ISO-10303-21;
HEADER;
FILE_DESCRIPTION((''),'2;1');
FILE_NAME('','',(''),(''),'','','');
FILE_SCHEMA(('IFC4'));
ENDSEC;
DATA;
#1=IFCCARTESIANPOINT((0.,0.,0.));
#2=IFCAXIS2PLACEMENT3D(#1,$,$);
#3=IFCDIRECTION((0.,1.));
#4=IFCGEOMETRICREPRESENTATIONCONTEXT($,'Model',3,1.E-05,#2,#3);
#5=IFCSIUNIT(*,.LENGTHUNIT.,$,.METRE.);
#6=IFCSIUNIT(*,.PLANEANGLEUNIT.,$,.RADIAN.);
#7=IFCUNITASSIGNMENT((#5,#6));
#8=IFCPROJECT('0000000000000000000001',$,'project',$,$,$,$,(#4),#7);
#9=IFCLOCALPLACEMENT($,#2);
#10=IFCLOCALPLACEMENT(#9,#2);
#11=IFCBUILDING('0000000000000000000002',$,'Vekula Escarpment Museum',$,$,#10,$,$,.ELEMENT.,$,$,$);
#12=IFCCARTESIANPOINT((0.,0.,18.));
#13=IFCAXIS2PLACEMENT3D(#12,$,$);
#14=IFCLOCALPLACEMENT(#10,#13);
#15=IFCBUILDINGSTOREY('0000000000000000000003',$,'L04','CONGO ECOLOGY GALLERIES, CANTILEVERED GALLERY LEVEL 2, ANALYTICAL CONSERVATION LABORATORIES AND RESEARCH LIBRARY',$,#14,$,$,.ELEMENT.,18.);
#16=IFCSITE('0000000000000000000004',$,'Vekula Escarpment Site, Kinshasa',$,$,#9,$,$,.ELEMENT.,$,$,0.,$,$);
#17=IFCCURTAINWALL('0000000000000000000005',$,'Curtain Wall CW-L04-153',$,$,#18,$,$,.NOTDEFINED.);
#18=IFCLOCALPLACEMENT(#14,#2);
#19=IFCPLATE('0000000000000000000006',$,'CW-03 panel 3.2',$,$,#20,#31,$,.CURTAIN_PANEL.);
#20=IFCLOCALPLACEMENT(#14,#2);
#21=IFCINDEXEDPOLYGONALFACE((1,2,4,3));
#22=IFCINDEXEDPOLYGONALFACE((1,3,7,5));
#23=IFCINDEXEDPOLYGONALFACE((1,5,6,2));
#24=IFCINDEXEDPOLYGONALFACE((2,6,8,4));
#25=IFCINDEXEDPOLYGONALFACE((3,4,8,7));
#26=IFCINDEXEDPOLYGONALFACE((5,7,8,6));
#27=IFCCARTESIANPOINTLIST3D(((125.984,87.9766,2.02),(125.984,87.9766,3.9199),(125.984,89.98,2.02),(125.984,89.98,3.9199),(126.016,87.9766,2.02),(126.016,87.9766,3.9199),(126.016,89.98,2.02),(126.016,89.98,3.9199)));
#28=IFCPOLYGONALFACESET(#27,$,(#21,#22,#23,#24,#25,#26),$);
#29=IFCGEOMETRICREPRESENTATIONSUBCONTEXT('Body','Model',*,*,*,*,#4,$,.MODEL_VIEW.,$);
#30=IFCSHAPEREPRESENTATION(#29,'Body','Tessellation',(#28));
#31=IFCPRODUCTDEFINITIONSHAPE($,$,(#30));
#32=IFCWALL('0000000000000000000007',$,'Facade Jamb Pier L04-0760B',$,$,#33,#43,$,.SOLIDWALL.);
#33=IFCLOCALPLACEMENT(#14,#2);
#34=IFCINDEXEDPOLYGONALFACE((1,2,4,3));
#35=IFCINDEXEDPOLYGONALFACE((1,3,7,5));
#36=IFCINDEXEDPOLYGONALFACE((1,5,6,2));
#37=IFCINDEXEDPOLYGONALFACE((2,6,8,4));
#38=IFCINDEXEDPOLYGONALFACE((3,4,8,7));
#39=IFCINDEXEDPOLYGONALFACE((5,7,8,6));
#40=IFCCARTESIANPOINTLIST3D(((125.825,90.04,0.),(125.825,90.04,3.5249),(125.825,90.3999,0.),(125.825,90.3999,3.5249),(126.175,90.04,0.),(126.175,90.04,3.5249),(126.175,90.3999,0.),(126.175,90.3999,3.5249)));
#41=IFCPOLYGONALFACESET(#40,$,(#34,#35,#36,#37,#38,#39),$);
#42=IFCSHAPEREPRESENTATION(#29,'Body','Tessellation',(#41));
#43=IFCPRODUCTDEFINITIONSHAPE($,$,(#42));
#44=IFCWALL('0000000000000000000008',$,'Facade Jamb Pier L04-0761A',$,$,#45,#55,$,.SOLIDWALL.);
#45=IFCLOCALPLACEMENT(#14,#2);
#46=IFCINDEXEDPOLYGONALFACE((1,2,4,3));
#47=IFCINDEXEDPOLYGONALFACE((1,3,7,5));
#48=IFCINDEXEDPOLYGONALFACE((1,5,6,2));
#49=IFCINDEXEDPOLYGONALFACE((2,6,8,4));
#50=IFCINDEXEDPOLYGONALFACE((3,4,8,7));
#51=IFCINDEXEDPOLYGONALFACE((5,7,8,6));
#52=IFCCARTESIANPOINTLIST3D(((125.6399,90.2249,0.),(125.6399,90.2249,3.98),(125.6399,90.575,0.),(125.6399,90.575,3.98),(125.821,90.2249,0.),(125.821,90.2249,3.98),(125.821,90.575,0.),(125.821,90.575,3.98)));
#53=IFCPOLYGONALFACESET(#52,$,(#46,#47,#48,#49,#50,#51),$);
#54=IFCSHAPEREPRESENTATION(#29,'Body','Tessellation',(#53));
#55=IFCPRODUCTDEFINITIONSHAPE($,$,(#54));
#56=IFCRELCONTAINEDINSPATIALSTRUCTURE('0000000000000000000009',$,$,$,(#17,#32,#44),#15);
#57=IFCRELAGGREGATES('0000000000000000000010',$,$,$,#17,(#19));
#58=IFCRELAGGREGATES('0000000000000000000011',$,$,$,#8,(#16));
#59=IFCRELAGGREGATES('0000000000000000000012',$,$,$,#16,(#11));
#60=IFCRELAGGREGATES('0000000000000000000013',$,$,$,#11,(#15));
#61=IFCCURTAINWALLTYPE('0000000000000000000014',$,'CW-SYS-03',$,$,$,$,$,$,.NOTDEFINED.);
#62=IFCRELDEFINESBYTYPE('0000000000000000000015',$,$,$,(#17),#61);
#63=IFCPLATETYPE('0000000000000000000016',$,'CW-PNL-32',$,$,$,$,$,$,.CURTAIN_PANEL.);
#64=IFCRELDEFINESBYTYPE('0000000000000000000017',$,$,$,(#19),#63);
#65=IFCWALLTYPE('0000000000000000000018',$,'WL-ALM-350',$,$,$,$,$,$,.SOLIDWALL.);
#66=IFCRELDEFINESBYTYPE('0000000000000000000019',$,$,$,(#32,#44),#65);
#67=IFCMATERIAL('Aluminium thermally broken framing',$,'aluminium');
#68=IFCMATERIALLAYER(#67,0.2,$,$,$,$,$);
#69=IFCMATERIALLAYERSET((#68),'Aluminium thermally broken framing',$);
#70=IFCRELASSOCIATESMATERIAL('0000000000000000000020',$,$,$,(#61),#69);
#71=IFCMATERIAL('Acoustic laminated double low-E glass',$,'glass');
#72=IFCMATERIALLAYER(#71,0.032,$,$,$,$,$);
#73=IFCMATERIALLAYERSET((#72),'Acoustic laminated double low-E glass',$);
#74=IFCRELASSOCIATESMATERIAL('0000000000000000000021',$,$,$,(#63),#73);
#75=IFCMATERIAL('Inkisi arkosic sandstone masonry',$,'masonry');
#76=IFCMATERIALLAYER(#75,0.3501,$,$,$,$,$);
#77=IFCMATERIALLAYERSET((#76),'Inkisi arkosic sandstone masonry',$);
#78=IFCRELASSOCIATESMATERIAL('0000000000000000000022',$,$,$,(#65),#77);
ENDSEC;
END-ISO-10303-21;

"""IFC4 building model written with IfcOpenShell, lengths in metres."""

from ifc_helpers import new_model, si_unit, direction, frame, frame_2d, origin, origin_2d, place, context, subcontext, project, spatial, rectangle, extrude, material, layer, layer_set, type_object, element, aggregate, save


model = new_model("IFC4")

# Units and contexts
model_context = context("Model", 3, precision=1e-05, world=origin(), true_north=direction((0.0, 1.0)))
body_context = subcontext(model_context, "Body", "Model", "MODEL_VIEW")
ifc_project = project(units=[si_unit("LENGTHUNIT", "METRE"), si_unit("PLANEANGLEUNIT", "RADIAN")], contexts=[model_context])

# Site, building, storey
site_placement = place(None, origin())
site = spatial("IfcSite", under=ifc_project, at=site_placement, Name="Vekula Escarpment Site, Kinshasa", CompositionType="ELEMENT", RefElevation=0.0)
building_placement = place(site_placement, origin())
building = spatial("IfcBuilding", under=site, at=building_placement, Name="Vekula Escarpment Museum", CompositionType="ELEMENT")
storey_placement = place(building_placement, frame((0.0, 0.0, 18.0)))
storey = spatial("IfcBuildingStorey", under=building, at=storey_placement, Name="L04", Description="CONGO ECOLOGY GALLERIES, CANTILEVERED GALLERY LEVEL 2, ANALYTICAL CONSERVATION LABORATORIES AND RESEARCH LIBRARY", CompositionType="ELEMENT", Elevation=18.0)

# Curtain wall
ifc_material_1 = material(Name="Aluminium thermally broken framing", Category="aluminium")
ifc_layer_1 = layer(ifc_material_1, 0.2)
ifc_layer_set_1 = layer_set([ifc_layer_1], Name="Aluminium thermally broken framing")
curtain_wall_type_1 = type_object("IfcCurtainWallType", Name="CW-SYS-03", PredefinedType="NOTDEFINED", material=ifc_layer_set_1)
curtain_wall_1_placement = place(storey_placement, origin())
curtain_wall_1 = element("IfcCurtainWall", 1, at=curtain_wall_1_placement, inside=storey, type_object=curtain_wall_type_1, Name="Curtain Wall CW-L04-153", PredefinedType="NOTDEFINED")

# Plate
ifc_material_2 = material(Name="Acoustic laminated double low-E glass", Category="glass")
ifc_layer_2 = layer(ifc_material_2, 0.032)
ifc_layer_set_2 = layer_set([ifc_layer_2], Name="Acoustic laminated double low-E glass")
plate_type = type_object("IfcPlateType", Name="CW-PNL-32", PredefinedType="CURTAIN_PANEL", material=ifc_layer_set_2)
plate_1_placement = place(storey_placement, frame((126.0, 88.9783, 2.02), z_axis=(0.0, 0.0, 1.0), x_axis=(0.0, 1.0, 0.0)))
plate_1 = element("IfcPlate", 2, at=plate_1_placement, type_object=plate_type, Name="CW-03 panel 3.2", PredefinedType="CURTAIN_PANEL", context=body_context, shape_type="SweptSolid", body=[
    extrude(rectangle(XDim=2.0034, YDim=0.032, at=origin_2d()), origin(), (0.0, 0.0, 1.0), 1.8999),
])
aggregate(curtain_wall_1, [plate_1])

# Walls
ifc_material_3 = material(Name="Inkisi arkosic sandstone masonry", Category="masonry")
ifc_layer_3 = layer(ifc_material_3, 0.3501)
ifc_layer_set_3 = layer_set([ifc_layer_3], Name="Inkisi arkosic sandstone masonry")
wall_type = type_object("IfcWallType", Name="WL-ALM-350", PredefinedType="SOLIDWALL", material=ifc_layer_set_3)
wall_1_placement = place(storey_placement, frame((126.0, 90.04, 0.0), z_axis=(0.0, 0.0, 1.0), x_axis=(0.0, 1.0, 0.0)))
element("IfcWall", 3, at=wall_1_placement, inside=storey, type_object=wall_type, Name="Facade Jamb Pier L04-0760B", PredefinedType="SOLIDWALL", context=body_context, shape_type="SweptSolid", body=[
    extrude(rectangle(XDim=0.3599, YDim=0.3501, at=frame_2d((0.1799, 0.0))), origin(), (0.0, 0.0, 1.0), 3.5249),
])
wall_2_placement = place(storey_placement, frame((125.821, 90.3999, 0.0), z_axis=(0.0, 0.0, 1.0), x_axis=(-1.0, 0.0, 0.0)))
element("IfcWall", 4, at=wall_2_placement, inside=storey, type_object=wall_type, Name="Facade Jamb Pier L04-0761A", PredefinedType="SOLIDWALL", context=body_context, shape_type="SweptSolid", body=[
    extrude(rectangle(XDim=0.1812, YDim=0.3501, at=frame_2d((0.0906, 0.0))), origin(), (0.0, 0.0, 1.0), 3.98),
])

save(model, "model.ifc")
